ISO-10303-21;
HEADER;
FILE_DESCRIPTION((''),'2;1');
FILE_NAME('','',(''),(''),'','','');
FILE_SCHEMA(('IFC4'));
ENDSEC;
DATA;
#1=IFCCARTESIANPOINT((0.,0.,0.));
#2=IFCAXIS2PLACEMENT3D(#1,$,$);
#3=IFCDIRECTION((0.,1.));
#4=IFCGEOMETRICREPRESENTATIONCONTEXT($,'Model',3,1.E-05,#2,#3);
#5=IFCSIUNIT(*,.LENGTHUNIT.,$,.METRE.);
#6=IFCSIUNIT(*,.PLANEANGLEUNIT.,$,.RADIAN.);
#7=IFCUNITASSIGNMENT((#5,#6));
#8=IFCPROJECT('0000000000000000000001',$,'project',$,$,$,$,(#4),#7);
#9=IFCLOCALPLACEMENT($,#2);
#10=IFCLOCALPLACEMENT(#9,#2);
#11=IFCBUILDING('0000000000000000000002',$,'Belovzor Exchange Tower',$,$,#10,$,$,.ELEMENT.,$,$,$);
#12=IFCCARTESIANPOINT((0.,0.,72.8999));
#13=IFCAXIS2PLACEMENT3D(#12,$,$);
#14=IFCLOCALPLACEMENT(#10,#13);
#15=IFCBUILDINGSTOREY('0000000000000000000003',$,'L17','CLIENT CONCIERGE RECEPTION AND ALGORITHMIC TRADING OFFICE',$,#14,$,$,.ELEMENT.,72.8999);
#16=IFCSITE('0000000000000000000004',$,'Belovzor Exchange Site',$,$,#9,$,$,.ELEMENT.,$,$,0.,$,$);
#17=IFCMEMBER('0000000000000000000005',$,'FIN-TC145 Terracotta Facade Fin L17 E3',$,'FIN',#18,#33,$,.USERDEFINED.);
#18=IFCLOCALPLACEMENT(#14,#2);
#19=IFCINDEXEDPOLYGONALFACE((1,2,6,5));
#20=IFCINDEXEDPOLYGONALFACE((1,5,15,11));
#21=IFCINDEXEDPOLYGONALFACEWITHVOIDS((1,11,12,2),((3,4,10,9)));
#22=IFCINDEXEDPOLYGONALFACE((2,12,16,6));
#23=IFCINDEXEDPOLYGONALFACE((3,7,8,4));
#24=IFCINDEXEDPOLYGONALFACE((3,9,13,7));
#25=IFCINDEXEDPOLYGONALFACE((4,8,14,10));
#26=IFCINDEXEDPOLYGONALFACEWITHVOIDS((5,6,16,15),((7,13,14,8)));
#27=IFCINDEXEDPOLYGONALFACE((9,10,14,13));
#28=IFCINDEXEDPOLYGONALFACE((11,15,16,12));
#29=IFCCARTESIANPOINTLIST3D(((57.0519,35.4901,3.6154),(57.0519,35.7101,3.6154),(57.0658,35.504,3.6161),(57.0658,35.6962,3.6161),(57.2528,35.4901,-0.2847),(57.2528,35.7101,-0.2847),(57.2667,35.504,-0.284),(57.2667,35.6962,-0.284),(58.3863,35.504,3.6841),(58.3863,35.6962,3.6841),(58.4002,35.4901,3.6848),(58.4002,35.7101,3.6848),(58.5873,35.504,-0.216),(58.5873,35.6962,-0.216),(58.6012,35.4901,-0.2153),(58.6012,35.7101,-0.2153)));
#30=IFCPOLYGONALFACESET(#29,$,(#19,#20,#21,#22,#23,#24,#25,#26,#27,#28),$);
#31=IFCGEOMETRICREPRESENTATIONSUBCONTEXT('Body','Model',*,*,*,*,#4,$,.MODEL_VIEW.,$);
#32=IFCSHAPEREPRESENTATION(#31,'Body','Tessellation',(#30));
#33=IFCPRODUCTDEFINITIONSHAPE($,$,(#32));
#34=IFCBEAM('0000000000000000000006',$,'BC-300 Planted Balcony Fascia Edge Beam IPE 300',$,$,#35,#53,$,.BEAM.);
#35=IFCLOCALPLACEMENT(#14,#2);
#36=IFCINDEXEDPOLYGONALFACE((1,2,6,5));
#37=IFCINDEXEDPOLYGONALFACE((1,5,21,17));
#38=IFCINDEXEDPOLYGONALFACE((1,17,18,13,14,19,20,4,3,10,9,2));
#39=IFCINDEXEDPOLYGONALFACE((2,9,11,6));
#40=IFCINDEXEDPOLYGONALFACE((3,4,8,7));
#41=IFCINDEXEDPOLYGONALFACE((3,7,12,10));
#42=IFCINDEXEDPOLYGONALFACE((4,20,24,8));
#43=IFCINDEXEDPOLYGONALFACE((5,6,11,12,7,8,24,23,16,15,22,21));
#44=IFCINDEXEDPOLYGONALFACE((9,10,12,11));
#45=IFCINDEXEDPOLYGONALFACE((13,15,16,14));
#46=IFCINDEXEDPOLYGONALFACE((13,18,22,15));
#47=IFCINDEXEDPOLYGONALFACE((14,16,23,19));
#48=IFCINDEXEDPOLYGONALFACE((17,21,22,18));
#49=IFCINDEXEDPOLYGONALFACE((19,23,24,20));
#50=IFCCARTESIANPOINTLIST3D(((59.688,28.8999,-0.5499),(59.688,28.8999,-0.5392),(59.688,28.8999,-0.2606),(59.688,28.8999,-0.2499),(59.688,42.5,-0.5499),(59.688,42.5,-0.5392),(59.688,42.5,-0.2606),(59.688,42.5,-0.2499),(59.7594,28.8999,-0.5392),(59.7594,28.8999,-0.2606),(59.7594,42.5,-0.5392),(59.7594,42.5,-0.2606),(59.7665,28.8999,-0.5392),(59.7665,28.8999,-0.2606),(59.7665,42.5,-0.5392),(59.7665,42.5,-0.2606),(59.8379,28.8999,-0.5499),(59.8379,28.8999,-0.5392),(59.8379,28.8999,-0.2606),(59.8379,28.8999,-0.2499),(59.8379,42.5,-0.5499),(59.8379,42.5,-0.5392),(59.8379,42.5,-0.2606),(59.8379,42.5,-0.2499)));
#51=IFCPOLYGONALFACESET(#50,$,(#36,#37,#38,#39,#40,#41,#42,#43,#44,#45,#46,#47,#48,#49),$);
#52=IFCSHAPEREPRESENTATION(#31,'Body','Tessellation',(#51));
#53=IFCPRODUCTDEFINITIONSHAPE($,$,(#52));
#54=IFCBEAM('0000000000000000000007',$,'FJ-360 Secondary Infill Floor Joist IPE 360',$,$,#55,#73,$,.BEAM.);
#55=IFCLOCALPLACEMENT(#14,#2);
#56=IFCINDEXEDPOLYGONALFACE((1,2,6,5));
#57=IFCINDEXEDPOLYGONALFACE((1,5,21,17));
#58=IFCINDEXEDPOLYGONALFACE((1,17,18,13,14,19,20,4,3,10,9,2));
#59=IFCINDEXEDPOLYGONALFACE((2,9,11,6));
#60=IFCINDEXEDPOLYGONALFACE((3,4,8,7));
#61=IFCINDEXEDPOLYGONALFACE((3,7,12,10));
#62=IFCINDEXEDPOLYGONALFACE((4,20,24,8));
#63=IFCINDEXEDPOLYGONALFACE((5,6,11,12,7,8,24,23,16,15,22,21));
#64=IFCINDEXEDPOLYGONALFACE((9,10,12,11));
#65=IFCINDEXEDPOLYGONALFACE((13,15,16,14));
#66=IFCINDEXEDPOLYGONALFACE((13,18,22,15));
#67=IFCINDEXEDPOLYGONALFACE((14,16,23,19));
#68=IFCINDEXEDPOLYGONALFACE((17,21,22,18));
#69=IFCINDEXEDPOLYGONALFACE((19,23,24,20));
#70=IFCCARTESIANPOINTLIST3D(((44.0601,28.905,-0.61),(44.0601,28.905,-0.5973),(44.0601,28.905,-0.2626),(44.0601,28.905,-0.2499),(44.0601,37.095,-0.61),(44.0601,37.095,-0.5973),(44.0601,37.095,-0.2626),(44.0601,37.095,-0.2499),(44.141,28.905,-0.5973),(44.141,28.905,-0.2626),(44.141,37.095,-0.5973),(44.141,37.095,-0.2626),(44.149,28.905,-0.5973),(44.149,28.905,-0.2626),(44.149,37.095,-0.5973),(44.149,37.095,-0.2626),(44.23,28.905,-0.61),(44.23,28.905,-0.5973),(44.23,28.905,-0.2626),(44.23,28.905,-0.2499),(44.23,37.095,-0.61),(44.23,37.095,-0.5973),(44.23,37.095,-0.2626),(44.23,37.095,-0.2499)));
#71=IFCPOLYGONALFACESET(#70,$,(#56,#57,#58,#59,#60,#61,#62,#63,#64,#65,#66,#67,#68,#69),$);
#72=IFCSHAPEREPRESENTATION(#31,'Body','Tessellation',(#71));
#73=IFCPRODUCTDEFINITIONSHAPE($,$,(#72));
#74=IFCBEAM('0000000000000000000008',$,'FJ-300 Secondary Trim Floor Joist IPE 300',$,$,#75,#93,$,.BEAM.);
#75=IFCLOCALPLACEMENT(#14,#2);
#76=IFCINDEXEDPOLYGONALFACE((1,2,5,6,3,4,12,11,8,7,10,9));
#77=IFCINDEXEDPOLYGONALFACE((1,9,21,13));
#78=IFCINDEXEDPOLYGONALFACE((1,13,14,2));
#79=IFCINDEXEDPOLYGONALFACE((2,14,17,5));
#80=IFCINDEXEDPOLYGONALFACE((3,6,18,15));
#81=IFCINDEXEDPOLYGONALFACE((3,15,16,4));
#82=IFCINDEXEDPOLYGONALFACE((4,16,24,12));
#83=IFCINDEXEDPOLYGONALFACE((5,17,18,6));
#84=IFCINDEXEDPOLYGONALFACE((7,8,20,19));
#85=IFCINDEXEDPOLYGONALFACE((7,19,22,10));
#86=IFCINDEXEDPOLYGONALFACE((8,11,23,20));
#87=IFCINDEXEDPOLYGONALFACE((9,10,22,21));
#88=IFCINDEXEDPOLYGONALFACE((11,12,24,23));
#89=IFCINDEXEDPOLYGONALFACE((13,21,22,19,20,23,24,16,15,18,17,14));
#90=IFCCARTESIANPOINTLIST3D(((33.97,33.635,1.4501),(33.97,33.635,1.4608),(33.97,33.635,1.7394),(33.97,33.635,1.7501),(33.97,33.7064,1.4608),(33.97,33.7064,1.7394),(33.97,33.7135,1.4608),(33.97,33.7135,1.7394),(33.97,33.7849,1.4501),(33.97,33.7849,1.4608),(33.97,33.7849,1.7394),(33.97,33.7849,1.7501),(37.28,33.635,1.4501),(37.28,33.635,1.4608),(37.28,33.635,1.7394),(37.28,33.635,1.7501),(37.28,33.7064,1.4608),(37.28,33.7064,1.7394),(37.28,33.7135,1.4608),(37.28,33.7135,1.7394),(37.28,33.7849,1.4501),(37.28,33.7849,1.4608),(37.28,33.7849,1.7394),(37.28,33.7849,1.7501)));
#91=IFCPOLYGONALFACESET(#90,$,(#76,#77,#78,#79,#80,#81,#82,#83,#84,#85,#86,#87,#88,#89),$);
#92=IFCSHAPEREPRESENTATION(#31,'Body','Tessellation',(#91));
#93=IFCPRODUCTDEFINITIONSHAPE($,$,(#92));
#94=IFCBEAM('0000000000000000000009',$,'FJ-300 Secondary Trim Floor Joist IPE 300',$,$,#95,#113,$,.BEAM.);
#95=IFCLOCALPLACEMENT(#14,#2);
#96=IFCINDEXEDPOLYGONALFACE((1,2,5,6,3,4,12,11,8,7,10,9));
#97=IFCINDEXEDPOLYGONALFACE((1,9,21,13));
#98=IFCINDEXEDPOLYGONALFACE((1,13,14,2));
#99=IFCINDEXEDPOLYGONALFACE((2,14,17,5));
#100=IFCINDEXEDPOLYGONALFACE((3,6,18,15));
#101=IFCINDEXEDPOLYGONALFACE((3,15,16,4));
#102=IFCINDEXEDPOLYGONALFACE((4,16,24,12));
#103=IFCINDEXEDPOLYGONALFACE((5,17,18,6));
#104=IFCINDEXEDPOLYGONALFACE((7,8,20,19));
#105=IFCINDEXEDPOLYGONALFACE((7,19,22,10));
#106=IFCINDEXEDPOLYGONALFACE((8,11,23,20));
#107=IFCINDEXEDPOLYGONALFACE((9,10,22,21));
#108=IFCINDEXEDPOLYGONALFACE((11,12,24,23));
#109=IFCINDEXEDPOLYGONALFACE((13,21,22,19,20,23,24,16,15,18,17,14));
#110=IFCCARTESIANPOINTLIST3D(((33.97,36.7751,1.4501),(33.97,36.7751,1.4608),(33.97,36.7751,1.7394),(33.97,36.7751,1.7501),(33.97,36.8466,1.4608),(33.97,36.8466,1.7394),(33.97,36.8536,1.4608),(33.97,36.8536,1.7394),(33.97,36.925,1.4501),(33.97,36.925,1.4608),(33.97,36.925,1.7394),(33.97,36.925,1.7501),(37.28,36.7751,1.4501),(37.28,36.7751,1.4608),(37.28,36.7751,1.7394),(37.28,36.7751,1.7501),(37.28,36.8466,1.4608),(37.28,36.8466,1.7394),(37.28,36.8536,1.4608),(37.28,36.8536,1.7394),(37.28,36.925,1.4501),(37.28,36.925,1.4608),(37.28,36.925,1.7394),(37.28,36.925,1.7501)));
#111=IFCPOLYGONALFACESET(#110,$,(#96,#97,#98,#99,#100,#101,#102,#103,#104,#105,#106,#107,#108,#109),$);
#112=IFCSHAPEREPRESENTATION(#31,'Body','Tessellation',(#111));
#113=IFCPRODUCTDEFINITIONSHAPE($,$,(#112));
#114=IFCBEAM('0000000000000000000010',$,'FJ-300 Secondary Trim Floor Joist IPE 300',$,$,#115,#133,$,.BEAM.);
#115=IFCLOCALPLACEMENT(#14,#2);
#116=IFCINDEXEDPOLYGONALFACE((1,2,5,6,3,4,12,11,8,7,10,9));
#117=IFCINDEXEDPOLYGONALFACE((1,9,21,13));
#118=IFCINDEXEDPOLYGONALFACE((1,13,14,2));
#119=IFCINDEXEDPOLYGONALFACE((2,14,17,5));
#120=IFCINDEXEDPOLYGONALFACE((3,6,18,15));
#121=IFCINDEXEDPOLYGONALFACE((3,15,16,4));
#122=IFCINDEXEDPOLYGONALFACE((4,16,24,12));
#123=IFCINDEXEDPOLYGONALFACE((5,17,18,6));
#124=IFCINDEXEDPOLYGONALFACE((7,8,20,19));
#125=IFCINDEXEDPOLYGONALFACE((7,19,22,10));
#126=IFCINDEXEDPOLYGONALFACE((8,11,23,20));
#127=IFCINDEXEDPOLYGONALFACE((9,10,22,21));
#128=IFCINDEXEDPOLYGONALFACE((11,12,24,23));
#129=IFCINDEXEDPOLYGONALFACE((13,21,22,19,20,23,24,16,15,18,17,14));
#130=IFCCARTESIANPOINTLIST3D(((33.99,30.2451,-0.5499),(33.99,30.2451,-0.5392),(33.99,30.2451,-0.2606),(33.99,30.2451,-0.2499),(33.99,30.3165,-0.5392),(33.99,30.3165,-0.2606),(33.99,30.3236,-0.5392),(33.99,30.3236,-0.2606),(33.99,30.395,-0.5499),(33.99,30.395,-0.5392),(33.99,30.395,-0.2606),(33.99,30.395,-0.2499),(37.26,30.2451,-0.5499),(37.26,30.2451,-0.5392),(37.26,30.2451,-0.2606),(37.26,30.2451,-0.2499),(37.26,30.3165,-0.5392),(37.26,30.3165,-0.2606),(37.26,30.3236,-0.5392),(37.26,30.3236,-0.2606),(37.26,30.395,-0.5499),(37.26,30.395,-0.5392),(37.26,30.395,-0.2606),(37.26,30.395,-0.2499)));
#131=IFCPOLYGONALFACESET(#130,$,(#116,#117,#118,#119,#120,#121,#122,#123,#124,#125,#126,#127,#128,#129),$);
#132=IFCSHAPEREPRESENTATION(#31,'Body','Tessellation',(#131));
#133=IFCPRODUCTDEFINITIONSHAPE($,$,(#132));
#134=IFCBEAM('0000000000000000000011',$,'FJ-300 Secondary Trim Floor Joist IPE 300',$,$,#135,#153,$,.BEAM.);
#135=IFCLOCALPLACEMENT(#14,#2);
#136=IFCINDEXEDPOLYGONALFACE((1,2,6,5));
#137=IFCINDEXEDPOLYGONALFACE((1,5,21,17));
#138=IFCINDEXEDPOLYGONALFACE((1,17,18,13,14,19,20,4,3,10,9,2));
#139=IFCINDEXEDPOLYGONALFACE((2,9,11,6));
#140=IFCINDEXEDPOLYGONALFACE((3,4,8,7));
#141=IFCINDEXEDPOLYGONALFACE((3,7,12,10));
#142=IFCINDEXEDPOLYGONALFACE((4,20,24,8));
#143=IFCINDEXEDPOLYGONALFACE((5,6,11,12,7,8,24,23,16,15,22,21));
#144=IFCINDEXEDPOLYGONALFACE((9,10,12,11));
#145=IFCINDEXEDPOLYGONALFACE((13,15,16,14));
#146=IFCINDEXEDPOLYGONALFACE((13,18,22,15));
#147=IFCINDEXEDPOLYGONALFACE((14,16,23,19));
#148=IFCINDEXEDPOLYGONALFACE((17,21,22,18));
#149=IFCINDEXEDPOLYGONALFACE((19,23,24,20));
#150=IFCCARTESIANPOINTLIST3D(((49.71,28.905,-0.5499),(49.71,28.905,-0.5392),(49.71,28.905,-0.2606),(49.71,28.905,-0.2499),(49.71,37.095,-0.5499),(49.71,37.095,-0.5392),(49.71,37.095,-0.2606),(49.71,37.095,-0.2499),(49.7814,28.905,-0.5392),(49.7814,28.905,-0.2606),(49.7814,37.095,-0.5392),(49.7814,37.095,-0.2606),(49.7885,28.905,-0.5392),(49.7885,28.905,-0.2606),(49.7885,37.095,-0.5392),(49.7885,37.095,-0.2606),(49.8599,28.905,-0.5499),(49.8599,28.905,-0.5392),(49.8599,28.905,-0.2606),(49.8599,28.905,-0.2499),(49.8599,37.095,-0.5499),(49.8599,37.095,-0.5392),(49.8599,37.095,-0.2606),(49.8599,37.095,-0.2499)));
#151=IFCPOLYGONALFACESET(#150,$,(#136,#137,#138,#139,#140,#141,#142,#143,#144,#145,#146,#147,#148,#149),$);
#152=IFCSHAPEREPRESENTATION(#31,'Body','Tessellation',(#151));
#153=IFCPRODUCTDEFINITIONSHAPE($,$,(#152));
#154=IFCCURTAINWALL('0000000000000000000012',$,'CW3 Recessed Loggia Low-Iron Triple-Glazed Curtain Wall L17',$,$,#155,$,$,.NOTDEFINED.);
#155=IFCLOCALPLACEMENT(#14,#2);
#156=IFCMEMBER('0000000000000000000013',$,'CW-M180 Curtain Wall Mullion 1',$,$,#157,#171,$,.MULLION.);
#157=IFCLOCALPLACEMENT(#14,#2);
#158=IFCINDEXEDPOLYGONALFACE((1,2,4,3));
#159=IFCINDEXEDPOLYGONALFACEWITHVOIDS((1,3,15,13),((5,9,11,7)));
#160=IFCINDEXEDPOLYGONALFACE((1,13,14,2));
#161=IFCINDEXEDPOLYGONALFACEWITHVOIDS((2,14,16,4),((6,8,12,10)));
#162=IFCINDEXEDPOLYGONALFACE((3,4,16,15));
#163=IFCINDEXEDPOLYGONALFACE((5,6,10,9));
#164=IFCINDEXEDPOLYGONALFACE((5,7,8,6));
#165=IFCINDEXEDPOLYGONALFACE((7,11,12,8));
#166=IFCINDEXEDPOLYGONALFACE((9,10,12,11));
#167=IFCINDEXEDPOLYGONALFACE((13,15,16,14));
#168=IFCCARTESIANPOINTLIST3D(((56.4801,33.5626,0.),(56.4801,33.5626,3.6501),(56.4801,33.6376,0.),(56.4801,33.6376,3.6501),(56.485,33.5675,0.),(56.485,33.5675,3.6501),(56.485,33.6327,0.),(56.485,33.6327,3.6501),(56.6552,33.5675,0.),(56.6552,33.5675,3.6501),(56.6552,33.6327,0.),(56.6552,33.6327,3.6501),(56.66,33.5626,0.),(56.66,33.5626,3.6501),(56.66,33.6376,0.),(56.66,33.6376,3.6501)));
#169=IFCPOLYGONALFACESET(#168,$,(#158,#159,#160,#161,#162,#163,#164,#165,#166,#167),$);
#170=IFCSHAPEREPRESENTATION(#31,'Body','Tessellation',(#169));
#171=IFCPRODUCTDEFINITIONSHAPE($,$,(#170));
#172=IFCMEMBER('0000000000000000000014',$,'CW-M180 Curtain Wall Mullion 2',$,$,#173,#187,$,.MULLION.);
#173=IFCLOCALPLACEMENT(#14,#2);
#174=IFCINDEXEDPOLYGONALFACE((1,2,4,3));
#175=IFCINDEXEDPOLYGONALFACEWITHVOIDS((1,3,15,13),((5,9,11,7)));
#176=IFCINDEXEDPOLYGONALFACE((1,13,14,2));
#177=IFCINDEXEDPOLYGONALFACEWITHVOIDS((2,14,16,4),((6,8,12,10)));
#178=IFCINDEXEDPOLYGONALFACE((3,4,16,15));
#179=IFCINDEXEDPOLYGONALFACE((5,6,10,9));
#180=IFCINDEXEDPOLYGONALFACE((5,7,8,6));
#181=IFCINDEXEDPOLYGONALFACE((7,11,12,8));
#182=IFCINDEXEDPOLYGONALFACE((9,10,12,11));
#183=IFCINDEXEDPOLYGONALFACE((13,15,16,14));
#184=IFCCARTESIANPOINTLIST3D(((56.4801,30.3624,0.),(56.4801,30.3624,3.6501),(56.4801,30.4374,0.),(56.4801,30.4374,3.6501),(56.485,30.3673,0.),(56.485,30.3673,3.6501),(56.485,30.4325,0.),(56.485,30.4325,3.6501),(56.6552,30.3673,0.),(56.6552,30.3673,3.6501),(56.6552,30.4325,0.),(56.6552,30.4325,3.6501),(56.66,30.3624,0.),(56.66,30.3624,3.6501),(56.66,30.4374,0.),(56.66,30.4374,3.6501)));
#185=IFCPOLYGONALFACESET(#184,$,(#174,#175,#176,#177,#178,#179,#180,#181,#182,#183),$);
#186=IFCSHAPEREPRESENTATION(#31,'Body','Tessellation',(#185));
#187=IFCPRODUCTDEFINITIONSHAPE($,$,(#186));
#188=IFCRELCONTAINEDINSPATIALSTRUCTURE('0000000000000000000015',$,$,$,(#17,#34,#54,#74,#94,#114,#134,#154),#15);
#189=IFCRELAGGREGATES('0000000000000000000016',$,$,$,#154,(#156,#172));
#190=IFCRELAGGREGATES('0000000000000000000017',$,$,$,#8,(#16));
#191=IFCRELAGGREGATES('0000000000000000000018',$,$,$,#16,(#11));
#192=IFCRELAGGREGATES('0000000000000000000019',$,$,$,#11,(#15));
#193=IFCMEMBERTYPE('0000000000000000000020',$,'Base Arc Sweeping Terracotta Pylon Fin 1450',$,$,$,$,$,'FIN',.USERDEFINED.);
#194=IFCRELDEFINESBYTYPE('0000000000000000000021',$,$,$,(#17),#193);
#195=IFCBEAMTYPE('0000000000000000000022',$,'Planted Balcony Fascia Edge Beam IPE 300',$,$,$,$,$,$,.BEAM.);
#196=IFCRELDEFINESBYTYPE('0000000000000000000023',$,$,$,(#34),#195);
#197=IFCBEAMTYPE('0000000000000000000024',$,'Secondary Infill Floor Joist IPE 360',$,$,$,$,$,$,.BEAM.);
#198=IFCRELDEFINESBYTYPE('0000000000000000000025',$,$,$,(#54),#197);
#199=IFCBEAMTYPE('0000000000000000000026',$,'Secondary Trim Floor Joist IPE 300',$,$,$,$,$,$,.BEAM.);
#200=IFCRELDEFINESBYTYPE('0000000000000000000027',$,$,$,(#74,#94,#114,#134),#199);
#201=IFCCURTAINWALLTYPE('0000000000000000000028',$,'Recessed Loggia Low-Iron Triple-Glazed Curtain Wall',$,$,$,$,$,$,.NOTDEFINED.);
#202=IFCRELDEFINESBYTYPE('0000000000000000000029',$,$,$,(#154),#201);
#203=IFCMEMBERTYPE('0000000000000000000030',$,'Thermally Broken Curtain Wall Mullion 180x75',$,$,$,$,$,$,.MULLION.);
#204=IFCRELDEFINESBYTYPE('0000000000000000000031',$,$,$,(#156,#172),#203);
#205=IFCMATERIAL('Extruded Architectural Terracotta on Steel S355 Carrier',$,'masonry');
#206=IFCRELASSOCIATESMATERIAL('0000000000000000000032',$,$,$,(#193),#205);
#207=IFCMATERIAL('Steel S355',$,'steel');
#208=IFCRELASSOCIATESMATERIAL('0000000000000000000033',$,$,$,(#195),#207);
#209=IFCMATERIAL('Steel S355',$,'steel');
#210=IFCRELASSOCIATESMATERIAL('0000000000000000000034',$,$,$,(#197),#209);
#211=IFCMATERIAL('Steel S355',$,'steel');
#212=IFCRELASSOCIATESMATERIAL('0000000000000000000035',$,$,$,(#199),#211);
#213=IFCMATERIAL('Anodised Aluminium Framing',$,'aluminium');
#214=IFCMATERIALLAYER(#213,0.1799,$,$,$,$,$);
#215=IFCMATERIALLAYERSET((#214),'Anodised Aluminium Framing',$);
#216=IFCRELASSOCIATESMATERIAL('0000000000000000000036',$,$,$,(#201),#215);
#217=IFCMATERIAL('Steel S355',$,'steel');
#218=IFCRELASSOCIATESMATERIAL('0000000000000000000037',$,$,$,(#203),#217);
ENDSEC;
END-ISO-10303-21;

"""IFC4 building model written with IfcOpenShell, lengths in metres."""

from ifc_helpers import new_model, si_unit, direction, frame, origin, origin_2d, place, context, subcontext, project, spatial, hollow_rectangle, i_section, extrude, material, layer, layer_set, material_profile, profile_set, type_object, element, aggregate, save


model = new_model("IFC4")

# Units and contexts
model_context = context("Model", 3, precision=1e-05, world=origin(), true_north=direction((0.0, 1.0)))
body_context = subcontext(model_context, "Body", "Model", "MODEL_VIEW")
ifc_project = project(units=[si_unit("LENGTHUNIT", "METRE"), si_unit("PLANEANGLEUNIT", "RADIAN")], contexts=[model_context])

# Site, building, storey
site_placement = place(None, origin())
site = spatial("IfcSite", under=ifc_project, at=site_placement, Name="Belovzor Exchange Site", CompositionType="ELEMENT", RefElevation=0.0)
building_placement = place(site_placement, origin())
building = spatial("IfcBuilding", under=site, at=building_placement, Name="Belovzor Exchange Tower", CompositionType="ELEMENT")
storey_placement = place(building_placement, frame((0.0, 0.0, 72.8999)))
storey = spatial("IfcBuildingStorey", under=building, at=storey_placement, Name="L17", Description="CLIENT CONCIERGE RECEPTION AND ALGORITHMIC TRADING OFFICE", CompositionType="ELEMENT", Elevation=72.8999)

# Member
ifc_material_1 = material(Name="Extruded Architectural Terracotta on Steel S355 Carrier", Category="masonry")
ifc_material_profile_1 = material_profile(ifc_material_1, hollow_rectangle(XDim=0.22, YDim=1.3501, WallThickness=0.0139, at=origin_2d()))
ifc_profile_set_1 = profile_set([ifc_material_profile_1], Name="Extruded Architectural Terracotta on Steel S355 Carrier")
member_type_1 = type_object("IfcMemberType", Name="Base Arc Sweeping Terracotta Pylon Fin 1450", ElementType="FIN", PredefinedType="USERDEFINED", material=ifc_profile_set_1)
member_1_placement = place(storey_placement, frame((57.927, 35.6001, -0.25), z_axis=(-0.05145, 0.0, 0.998676), x_axis=(0.0, -1.0, 0.0)))
element("IfcMember", 1, at=member_1_placement, inside=storey, type_object=member_type_1, Name="FIN-TC145 Terracotta Facade Fin L17 E3", ObjectType="FIN", PredefinedType="USERDEFINED", context=body_context, shape_type="SweptSolid", body=[
    extrude(hollow_rectangle(XDim=0.22, YDim=1.3501, WallThickness=0.0139, at=origin_2d()), origin(), (0.0, 0.0, 1.0), 3.9053),
])

# Beams
ifc_material_2 = material(Name="Steel S355", Category="steel")
ifc_material_profile_2 = material_profile(ifc_material_2, i_section(OverallWidth=0.1499, OverallDepth=0.3, WebThickness=0.0071, FlangeThickness=0.0107, at=origin_2d()))
ifc_profile_set_2 = profile_set([ifc_material_profile_2], Name="Steel S355")
beam_type_1 = type_object("IfcBeamType", Name="Planted Balcony Fascia Edge Beam IPE 300", PredefinedType="BEAM", material=ifc_profile_set_2)
beam_1_placement = place(storey_placement, frame((59.7629, 28.8999, -0.3999), z_axis=(0.0, 1.0, 0.0), x_axis=(-1.0, 0.0, 0.0)))
element("IfcBeam", 2, at=beam_1_placement, inside=storey, type_object=beam_type_1, Name="BC-300 Planted Balcony Fascia Edge Beam IPE 300", PredefinedType="BEAM", context=body_context, shape_type="SweptSolid", body=[
    extrude(i_section(OverallWidth=0.1499, OverallDepth=0.3, WebThickness=0.0071, FlangeThickness=0.0107, at=origin_2d()), origin(), (0.0, 0.0, 1.0), 13.6001),
])
ifc_material_3 = material(Name="Steel S355", Category="steel")
ifc_material_profile_3 = material_profile(ifc_material_3, i_section(OverallWidth=0.1699, OverallDepth=0.3601, WebThickness=0.0081, FlangeThickness=0.0127, at=origin_2d()))
ifc_profile_set_3 = profile_set([ifc_material_profile_3], Name="Steel S355")
beam_type_2 = type_object("IfcBeamType", Name="Secondary Infill Floor Joist IPE 360", PredefinedType="BEAM", material=ifc_profile_set_3)
beam_2_placement = place(storey_placement, frame((44.145, 28.905, -0.4299), z_axis=(0.0, 1.0, 0.0), x_axis=(-1.0, 0.0, 0.0)))
element("IfcBeam", 3, at=beam_2_placement, inside=storey, type_object=beam_type_2, Name="FJ-360 Secondary Infill Floor Joist IPE 360", PredefinedType="BEAM", context=body_context, shape_type="SweptSolid", body=[
    extrude(i_section(OverallWidth=0.1699, OverallDepth=0.3601, WebThickness=0.0081, FlangeThickness=0.0127, at=origin_2d()), origin(), (0.0, 0.0, 1.0), 8.1899),
])
ifc_material_4 = material(Name="Steel S355", Category="steel")
ifc_material_profile_4 = material_profile(ifc_material_4, i_section(OverallWidth=0.1499, OverallDepth=0.3, WebThickness=0.0071, FlangeThickness=0.0107, at=origin_2d()))
ifc_profile_set_4 = profile_set([ifc_material_profile_4], Name="Steel S355")
beam_type_3 = type_object("IfcBeamType", Name="Secondary Trim Floor Joist IPE 300", PredefinedType="BEAM", material=ifc_profile_set_4)
for number, where, z_axis, x_axis, name in (
    (4, (37.28, 33.71, 1.6001), (-1.0, 0.0, 0.0), (0.0, -1.0, 0.0), "FJ-300 Secondary Trim Floor Joist IPE 300"),
    (5, (37.28, 36.8501, 1.6001), (-1.0, 0.0, 0.0), (0.0, -1.0, 0.0), "FJ-300 Secondary Trim Floor Joist IPE 300"),
):
    element("IfcBeam", number, at=place(storey_placement, frame(where, z_axis=z_axis, x_axis=x_axis)), inside=storey, type_object=beam_type_3, Name=name, PredefinedType="BEAM", context=body_context, shape_type="SweptSolid", body=[
        extrude(i_section(OverallWidth=0.1499, OverallDepth=0.3, WebThickness=0.0071, FlangeThickness=0.0107, at=origin_2d()), origin(), (0.0, 0.0, 1.0), 3.3101),
    ])
beam_3_placement = place(storey_placement, frame((37.26, 30.3201, -0.3999), z_axis=(-1.0, 0.0, 0.0), x_axis=(0.0, -1.0, 0.0)))
element("IfcBeam", 6, at=beam_3_placement, inside=storey, type_object=beam_type_3, Name="FJ-300 Secondary Trim Floor Joist IPE 300", PredefinedType="BEAM", context=body_context, shape_type="SweptSolid", body=[
    extrude(i_section(OverallWidth=0.1499, OverallDepth=0.3, WebThickness=0.0071, FlangeThickness=0.0107, at=origin_2d()), origin(), (0.0, 0.0, 1.0), 3.27),
])
beam_4_placement = place(storey_placement, frame((49.7849, 28.905, -0.3999), z_axis=(0.0, 1.0, 0.0), x_axis=(-1.0, 0.0, 0.0)))
element("IfcBeam", 7, at=beam_4_placement, inside=storey, type_object=beam_type_3, Name="FJ-300 Secondary Trim Floor Joist IPE 300", PredefinedType="BEAM", context=body_context, shape_type="SweptSolid", body=[
    extrude(i_section(OverallWidth=0.1499, OverallDepth=0.3, WebThickness=0.0071, FlangeThickness=0.0107, at=origin_2d()), origin(), (0.0, 0.0, 1.0), 8.1899),
])

# Curtain wall, members
ifc_material_5 = material(Name="Anodised Aluminium Framing", Category="aluminium")
ifc_layer_1 = layer(ifc_material_5, 0.1799)
ifc_layer_set_1 = layer_set([ifc_layer_1], Name="Anodised Aluminium Framing")
curtain_wall_type = type_object("IfcCurtainWallType", Name="Recessed Loggia Low-Iron Triple-Glazed Curtain Wall", PredefinedType="NOTDEFINED", material=ifc_layer_set_1)
curtain_wall_placement = place(storey_placement, origin())
curtain_wall = element("IfcCurtainWall", 8, at=curtain_wall_placement, inside=storey, type_object=curtain_wall_type, Name="CW3 Recessed Loggia Low-Iron Triple-Glazed Curtain Wall L17", PredefinedType="NOTDEFINED")
ifc_material_6 = material(Name="Steel S355", Category="steel")
ifc_material_profile_5 = material_profile(ifc_material_6, hollow_rectangle(XDim=0.075, YDim=0.1799, WallThickness=0.0049, at=origin_2d()))
ifc_profile_set_5 = profile_set([ifc_material_profile_5], Name="Steel S355")
member_type_2 = type_object("IfcMemberType", Name="Thermally Broken Curtain Wall Mullion 180x75", PredefinedType="MULLION", material=ifc_profile_set_5)
member_2_placement = place(storey_placement, frame((56.5701, 33.6001, 0.0), z_axis=(0.0, 0.0, 1.0), x_axis=(0.0, -1.0, 0.0)))
member_2 = element("IfcMember", 9, at=member_2_placement, type_object=member_type_2, Name="CW-M180 Curtain Wall Mullion 1", PredefinedType="MULLION", context=body_context, shape_type="SweptSolid", body=[
    extrude(hollow_rectangle(XDim=0.075, YDim=0.1799, WallThickness=0.0049, at=origin_2d()), origin(), (0.0, 0.0, 1.0), 3.6501),
])
member_3_placement = place(storey_placement, frame((56.5701, 30.3999, 0.0), z_axis=(0.0, 0.0, 1.0), x_axis=(0.0, -1.0, 0.0)))
member_3 = element("IfcMember", 10, at=member_3_placement, type_object=member_type_2, Name="CW-M180 Curtain Wall Mullion 2", PredefinedType="MULLION", context=body_context, shape_type="SweptSolid", body=[
    extrude(hollow_rectangle(XDim=0.075, YDim=0.1799, WallThickness=0.0049, at=origin_2d()), origin(), (0.0, 0.0, 1.0), 3.6501),
])

aggregate(curtain_wall, [member_2, member_3])

save(model, "model.ifc")
